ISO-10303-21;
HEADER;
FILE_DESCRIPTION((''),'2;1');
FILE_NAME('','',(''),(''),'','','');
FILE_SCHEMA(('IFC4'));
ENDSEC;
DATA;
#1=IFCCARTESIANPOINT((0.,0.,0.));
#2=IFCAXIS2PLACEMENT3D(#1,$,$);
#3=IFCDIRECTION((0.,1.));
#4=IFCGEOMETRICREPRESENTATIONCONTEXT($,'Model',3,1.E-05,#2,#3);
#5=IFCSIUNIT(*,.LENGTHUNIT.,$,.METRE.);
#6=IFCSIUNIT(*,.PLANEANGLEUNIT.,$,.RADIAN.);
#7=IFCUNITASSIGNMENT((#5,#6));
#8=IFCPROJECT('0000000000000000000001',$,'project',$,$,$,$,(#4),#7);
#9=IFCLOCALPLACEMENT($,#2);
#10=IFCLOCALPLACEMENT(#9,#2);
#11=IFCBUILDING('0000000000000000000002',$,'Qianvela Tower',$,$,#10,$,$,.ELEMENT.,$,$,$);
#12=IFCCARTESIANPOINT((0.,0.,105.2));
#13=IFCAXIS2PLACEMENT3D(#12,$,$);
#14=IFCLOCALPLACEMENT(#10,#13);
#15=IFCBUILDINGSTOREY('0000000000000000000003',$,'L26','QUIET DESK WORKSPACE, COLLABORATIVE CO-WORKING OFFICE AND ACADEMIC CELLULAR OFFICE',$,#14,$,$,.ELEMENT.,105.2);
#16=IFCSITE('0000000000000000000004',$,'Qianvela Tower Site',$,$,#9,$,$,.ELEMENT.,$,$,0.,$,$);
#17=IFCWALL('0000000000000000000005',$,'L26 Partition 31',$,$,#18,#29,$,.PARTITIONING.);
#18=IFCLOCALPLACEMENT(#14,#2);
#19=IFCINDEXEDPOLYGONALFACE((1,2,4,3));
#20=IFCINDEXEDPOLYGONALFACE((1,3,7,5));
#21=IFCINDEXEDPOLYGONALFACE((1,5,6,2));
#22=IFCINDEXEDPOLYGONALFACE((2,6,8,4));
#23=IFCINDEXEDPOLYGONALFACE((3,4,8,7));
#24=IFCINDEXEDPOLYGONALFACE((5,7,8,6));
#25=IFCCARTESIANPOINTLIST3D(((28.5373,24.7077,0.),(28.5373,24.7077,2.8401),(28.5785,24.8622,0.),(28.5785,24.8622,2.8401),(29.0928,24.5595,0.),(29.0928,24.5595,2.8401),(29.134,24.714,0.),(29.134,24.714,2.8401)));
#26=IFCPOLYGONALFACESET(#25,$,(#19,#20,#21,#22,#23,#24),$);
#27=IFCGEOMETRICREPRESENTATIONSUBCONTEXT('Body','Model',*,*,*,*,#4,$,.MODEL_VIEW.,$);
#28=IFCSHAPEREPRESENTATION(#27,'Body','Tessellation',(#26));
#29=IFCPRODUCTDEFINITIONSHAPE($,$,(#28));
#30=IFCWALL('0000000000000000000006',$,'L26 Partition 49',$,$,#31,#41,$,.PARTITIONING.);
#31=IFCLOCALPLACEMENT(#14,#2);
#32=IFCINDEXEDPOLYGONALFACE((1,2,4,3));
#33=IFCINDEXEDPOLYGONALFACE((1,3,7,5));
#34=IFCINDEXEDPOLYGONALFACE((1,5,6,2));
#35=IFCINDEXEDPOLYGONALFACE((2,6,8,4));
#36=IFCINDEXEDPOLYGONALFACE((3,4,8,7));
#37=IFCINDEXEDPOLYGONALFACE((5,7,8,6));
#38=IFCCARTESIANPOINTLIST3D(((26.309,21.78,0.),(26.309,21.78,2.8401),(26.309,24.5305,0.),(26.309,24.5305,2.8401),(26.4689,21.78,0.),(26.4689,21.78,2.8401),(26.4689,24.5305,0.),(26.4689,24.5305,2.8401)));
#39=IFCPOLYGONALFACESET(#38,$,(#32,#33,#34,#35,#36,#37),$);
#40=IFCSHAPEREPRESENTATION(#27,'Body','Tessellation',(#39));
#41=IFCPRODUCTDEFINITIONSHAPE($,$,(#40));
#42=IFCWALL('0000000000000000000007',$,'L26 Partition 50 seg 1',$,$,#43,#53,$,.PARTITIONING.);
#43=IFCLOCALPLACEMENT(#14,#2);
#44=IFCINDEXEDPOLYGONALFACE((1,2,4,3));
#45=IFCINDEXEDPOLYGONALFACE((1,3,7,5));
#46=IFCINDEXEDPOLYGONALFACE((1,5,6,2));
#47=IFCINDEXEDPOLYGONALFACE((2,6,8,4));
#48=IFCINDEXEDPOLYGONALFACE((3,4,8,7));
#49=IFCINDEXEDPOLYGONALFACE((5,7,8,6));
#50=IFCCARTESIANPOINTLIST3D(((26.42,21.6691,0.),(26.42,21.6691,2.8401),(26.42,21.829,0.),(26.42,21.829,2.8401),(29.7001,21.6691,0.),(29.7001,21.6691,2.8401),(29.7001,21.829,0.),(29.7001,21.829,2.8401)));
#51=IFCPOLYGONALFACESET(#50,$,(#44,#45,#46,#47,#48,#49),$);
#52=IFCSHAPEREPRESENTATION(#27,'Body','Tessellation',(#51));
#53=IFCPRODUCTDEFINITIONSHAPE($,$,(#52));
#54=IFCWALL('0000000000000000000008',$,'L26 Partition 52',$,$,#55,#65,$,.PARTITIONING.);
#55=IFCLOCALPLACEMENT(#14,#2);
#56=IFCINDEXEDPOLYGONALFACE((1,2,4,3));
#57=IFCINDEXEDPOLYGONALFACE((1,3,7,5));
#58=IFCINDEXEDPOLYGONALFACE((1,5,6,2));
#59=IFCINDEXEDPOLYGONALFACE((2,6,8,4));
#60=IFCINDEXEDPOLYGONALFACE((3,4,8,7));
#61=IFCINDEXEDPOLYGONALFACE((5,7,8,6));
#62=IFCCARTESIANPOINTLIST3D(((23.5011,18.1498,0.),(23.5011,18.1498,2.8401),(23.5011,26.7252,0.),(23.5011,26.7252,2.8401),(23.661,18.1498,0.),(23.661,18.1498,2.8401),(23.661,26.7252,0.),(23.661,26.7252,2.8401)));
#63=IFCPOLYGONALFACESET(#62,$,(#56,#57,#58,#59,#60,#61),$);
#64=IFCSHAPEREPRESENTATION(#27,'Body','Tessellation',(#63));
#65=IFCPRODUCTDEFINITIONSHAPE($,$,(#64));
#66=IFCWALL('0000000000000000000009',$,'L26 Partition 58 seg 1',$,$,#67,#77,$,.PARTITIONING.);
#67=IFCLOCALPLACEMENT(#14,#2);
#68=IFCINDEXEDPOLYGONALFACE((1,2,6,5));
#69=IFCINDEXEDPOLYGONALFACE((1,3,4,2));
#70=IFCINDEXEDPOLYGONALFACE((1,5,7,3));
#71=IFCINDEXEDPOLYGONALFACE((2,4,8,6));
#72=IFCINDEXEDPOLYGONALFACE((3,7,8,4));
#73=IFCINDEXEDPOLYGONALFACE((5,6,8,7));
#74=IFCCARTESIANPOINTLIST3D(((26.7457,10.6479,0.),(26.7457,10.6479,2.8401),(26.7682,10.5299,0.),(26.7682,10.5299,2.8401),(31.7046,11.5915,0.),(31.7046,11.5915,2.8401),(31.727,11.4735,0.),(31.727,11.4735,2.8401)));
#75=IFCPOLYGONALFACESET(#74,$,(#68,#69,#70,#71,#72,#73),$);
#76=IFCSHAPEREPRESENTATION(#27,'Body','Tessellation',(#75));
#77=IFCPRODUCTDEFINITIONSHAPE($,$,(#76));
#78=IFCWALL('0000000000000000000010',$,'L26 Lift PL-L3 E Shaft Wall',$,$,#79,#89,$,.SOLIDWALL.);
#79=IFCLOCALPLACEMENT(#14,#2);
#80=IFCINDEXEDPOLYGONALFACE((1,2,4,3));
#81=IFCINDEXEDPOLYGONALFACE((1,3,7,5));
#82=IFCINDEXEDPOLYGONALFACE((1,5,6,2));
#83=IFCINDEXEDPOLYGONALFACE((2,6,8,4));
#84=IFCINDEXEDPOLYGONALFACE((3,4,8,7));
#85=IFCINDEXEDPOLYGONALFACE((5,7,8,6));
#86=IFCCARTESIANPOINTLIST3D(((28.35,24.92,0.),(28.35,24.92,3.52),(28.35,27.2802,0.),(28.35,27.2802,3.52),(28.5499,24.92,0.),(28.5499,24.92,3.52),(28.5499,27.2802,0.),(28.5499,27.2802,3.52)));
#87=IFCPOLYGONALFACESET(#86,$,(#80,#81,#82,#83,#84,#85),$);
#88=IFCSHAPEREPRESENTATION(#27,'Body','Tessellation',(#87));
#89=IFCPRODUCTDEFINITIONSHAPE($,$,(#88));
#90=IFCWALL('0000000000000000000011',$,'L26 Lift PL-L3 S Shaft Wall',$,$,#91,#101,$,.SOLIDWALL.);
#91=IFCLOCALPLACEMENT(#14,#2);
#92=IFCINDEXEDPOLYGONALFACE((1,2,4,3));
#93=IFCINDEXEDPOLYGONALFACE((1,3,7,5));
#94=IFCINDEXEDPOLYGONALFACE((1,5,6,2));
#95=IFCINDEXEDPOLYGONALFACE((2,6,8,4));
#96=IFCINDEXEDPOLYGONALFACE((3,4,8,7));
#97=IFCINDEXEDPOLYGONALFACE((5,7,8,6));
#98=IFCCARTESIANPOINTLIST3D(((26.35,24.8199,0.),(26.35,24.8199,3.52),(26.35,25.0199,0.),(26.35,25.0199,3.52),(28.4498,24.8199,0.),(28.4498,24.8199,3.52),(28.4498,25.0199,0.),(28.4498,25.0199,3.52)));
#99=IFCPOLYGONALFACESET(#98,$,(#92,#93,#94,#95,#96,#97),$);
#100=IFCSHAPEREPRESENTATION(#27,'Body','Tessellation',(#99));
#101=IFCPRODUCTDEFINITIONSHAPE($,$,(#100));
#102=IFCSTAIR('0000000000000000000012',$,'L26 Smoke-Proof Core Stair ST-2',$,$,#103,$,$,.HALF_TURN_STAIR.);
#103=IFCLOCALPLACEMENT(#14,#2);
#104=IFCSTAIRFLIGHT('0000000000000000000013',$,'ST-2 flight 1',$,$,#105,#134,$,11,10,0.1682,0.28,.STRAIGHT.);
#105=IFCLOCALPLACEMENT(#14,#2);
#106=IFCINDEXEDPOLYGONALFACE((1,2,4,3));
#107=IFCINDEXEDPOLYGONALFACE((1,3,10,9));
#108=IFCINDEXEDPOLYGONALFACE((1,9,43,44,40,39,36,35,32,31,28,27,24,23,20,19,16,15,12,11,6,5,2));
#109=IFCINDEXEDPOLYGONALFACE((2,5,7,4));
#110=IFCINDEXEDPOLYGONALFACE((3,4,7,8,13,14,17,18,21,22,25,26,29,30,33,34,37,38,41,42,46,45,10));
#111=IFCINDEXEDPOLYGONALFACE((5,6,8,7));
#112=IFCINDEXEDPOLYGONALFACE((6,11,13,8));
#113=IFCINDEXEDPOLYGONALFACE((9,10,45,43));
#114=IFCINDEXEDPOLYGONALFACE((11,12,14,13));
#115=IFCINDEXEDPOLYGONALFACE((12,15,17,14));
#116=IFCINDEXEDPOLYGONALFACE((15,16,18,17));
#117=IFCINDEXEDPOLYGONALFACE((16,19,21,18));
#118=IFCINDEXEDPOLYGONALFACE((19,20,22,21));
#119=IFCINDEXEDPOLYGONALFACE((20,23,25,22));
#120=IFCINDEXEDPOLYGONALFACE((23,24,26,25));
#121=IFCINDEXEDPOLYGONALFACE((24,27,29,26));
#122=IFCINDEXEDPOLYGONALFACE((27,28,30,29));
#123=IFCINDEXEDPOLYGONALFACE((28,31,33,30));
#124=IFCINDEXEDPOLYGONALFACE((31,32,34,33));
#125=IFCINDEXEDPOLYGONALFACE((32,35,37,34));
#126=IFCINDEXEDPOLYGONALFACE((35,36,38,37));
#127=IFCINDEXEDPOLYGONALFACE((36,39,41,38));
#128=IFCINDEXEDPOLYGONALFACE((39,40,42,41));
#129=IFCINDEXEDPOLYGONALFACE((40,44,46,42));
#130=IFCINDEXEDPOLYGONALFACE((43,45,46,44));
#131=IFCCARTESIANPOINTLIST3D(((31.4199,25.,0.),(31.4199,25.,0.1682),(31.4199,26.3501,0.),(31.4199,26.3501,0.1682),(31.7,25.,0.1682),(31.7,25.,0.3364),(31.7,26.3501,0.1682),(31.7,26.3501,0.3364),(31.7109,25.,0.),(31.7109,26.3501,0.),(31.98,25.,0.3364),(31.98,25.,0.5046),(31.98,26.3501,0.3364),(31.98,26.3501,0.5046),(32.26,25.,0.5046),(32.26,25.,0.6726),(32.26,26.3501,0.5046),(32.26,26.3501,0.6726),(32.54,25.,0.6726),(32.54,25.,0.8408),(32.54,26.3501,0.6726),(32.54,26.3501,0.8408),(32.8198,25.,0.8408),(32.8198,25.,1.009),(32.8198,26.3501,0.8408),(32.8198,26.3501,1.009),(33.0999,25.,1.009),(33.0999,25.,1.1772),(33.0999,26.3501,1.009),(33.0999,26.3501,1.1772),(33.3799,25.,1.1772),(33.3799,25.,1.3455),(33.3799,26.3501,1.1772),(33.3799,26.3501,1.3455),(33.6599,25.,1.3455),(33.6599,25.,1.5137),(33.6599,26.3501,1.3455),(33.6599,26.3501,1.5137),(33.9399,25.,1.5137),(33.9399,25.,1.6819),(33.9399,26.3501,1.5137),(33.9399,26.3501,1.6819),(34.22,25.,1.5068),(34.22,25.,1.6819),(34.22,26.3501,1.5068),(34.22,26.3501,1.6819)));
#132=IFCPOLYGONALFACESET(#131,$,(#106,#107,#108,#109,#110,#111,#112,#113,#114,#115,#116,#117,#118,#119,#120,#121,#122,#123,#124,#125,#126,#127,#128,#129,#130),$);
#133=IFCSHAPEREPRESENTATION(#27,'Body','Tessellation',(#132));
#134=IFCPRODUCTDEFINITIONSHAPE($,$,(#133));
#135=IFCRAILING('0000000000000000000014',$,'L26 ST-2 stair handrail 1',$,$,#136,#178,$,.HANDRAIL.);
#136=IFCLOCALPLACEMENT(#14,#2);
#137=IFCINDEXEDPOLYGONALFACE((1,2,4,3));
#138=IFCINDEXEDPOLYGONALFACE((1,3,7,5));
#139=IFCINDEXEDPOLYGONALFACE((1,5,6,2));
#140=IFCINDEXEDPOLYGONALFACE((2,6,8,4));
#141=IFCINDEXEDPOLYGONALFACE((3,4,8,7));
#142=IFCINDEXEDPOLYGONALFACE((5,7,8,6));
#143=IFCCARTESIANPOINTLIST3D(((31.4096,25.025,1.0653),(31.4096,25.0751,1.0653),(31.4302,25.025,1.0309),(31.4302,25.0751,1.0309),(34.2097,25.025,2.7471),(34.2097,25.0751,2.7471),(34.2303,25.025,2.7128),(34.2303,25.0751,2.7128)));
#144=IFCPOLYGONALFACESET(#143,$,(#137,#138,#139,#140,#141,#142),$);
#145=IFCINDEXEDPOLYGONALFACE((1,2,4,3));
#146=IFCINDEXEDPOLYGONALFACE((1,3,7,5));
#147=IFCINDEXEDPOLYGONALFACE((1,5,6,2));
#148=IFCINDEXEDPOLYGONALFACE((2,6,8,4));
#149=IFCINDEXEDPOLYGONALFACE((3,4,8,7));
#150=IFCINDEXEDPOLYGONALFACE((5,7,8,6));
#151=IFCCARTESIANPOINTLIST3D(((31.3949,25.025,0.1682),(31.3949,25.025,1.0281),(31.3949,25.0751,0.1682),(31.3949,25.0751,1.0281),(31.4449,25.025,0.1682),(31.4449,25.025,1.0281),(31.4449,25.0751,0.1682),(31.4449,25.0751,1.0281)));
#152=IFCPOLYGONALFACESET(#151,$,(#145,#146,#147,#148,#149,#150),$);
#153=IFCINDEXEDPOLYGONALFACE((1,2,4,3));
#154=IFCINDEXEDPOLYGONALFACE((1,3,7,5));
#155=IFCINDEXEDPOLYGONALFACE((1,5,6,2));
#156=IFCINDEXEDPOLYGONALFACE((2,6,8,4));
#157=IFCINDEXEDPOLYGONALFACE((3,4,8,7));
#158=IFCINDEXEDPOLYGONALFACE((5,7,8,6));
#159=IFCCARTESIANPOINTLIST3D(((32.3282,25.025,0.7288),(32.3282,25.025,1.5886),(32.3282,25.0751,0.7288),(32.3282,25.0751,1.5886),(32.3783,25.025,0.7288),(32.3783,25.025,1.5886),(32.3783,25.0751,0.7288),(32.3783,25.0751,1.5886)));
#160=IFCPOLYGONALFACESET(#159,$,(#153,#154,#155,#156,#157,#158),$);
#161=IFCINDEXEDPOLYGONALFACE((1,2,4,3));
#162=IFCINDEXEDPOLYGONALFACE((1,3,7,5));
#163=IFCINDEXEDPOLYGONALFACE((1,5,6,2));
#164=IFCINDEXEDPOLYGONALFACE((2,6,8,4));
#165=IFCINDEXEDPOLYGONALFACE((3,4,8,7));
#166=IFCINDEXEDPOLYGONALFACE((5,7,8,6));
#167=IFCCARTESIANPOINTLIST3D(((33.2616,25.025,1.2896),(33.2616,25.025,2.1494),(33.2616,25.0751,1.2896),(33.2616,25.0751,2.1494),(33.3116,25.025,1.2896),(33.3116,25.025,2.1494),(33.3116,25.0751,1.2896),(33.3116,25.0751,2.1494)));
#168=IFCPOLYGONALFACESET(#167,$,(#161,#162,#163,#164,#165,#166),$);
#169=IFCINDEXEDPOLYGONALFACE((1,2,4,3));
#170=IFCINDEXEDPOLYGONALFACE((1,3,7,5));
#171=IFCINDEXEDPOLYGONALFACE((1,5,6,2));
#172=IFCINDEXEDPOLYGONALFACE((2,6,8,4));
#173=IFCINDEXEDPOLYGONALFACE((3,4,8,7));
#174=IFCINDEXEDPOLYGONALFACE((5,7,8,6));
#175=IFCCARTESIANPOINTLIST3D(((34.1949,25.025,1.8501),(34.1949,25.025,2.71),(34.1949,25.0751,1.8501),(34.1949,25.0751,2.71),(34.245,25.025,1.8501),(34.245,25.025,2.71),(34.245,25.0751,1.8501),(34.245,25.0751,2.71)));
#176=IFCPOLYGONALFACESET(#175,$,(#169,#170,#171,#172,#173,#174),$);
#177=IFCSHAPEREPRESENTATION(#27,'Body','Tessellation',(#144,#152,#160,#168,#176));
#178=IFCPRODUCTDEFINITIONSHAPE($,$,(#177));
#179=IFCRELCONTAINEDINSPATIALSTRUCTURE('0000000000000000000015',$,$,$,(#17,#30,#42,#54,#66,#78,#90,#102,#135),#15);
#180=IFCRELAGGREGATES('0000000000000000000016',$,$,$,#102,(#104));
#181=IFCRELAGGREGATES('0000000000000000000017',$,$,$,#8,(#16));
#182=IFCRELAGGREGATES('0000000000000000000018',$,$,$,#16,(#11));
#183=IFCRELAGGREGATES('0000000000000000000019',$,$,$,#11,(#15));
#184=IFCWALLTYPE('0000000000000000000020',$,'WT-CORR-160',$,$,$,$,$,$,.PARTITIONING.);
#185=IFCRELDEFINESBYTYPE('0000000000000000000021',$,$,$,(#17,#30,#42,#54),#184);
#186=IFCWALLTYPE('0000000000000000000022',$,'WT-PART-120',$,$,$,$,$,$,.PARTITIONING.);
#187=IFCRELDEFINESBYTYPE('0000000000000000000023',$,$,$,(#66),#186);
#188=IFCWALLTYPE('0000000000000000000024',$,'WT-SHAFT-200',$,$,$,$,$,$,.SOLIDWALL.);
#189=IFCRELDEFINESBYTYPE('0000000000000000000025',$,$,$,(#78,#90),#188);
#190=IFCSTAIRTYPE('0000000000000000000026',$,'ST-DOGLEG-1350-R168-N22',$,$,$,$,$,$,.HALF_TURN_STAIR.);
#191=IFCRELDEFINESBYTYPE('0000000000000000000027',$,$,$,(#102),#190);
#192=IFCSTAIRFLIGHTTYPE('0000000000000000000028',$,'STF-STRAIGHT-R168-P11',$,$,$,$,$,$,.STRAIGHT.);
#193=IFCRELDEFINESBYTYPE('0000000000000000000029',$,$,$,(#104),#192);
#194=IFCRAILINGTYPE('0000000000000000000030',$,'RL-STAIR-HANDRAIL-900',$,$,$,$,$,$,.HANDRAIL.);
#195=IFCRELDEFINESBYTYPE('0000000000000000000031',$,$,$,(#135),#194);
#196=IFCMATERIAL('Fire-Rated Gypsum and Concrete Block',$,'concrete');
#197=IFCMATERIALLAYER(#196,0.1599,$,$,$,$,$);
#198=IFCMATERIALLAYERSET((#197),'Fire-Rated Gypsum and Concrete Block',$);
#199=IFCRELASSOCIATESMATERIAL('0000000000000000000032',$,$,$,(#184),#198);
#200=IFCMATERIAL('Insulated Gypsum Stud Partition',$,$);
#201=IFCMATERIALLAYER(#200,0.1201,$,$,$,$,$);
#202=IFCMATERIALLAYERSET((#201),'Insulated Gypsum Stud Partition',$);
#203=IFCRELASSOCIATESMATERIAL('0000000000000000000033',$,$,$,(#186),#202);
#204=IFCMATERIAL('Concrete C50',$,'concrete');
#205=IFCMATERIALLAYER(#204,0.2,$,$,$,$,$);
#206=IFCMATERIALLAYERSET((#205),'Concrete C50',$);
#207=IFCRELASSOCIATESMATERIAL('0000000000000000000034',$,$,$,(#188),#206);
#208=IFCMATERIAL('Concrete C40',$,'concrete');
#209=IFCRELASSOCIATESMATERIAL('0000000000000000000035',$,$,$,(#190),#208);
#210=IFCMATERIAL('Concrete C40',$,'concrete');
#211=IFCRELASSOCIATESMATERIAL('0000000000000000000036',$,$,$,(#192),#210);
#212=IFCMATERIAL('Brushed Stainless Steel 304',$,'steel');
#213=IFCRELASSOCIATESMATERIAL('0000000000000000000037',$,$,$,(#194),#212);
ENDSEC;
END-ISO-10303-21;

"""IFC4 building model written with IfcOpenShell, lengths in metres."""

from ifc_helpers import new_model, si_unit, direction, frame, frame_2d, origin, origin_2d, place, context, subcontext, project, spatial, polyline, rectangle, outline, extrude, material, layer, layer_set, type_object, element, aggregate, save


model = new_model("IFC4")

# Units and contexts
model_context = context("Model", 3, precision=1e-05, world=origin(), true_north=direction((0.0, 1.0)))
body_context = subcontext(model_context, "Body", "Model", "MODEL_VIEW")
ifc_project = project(units=[si_unit("LENGTHUNIT", "METRE"), si_unit("PLANEANGLEUNIT", "RADIAN")], contexts=[model_context])

# Site, building, storey
site_placement = place(None, origin())
site = spatial("IfcSite", under=ifc_project, at=site_placement, Name="Qianvela Tower Site", CompositionType="ELEMENT", RefElevation=0.0)
building_placement = place(site_placement, origin())
building = spatial("IfcBuilding", under=site, at=building_placement, Name="Qianvela Tower", CompositionType="ELEMENT")
storey_placement = place(building_placement, frame((0.0, 0.0, 105.2)))
storey = spatial("IfcBuildingStorey", under=building, at=storey_placement, Name="L26", Description="QUIET DESK WORKSPACE, COLLABORATIVE CO-WORKING OFFICE AND ACADEMIC CELLULAR OFFICE", CompositionType="ELEMENT", Elevation=105.2)

# Walls
ifc_material_1 = material(Name="Fire-Rated Gypsum and Concrete Block", Category="concrete")
ifc_layer_1 = layer(ifc_material_1, 0.1599)
ifc_layer_set_1 = layer_set([ifc_layer_1], Name="Fire-Rated Gypsum and Concrete Block")
wall_type_1 = type_object("IfcWallType", Name="WT-CORR-160", PredefinedType="PARTITIONING", material=ifc_layer_set_1)
wall_1_placement = place(storey_placement, frame((29.1135, 24.6367, 0.0), z_axis=(0.0, 0.0, 1.0), x_axis=(-0.9662, 0.257795, 0.0)))
element("IfcWall", 1, at=wall_1_placement, inside=storey, type_object=wall_type_1, Name="L26 Partition 31", PredefinedType="PARTITIONING", context=body_context, shape_type="SweptSolid", body=[
    extrude(rectangle(XDim=0.575, YDim=0.1599, at=frame_2d((0.2876, 0.0))), origin(), (0.0, 0.0, 1.0), 2.8401),
])
wall_2_placement = place(storey_placement, frame((26.3889, 24.5305, 0.0), z_axis=(0.0, 0.0, 1.0), x_axis=(0.0, -1.0, 0.0)))
element("IfcWall", 2, at=wall_2_placement, inside=storey, type_object=wall_type_1, Name="L26 Partition 49", PredefinedType="PARTITIONING", context=body_context, shape_type="SweptSolid", body=[
    extrude(rectangle(XDim=2.7505, YDim=0.1599, at=frame_2d((1.3752, 0.0))), origin(), (0.0, 0.0, 1.0), 2.8401),
])
wall_3_placement = place(storey_placement, frame((26.4199, 21.749, 0.0), z_axis=(0.0, 0.0, 1.0), x_axis=(1.0, 0.0, 0.0)))
element("IfcWall", 3, at=wall_3_placement, inside=storey, type_object=wall_type_1, Name="L26 Partition 50 seg 1", PredefinedType="PARTITIONING", context=body_context, shape_type="SweptSolid", body=[
    extrude(rectangle(XDim=3.28, YDim=0.1599, at=frame_2d((1.6401, 0.0))), origin(), (0.0, 0.0, 1.0), 2.8401),
])
wall_4_placement = place(storey_placement, frame((23.5811, 18.1499, 0.0), z_axis=(0.0, 0.0, 1.0), x_axis=(0.0, 1.0, 0.0)))
element("IfcWall", 4, at=wall_4_placement, inside=storey, type_object=wall_type_1, Name="L26 Partition 52", PredefinedType="PARTITIONING", context=body_context, shape_type="SweptSolid", body=[
    extrude(rectangle(XDim=8.5754, YDim=0.1599, at=frame_2d((4.2876, 0.0))), origin(), (0.0, 0.0, 1.0), 2.8401),
])
ifc_material_2 = material(Name="Insulated Gypsum Stud Partition")
ifc_layer_2 = layer(ifc_material_2, 0.1201)
ifc_layer_set_2 = layer_set([ifc_layer_2], Name="Insulated Gypsum Stud Partition")
wall_type_2 = type_object("IfcWallType", Name="WT-PART-120", PredefinedType="PARTITIONING", material=ifc_layer_set_2)
wall_5_placement = place(storey_placement, frame((31.7158, 11.5325, 0.0), z_axis=(0.0, 0.0, 1.0), x_axis=(-0.982374, -0.186928, 0.0)))
element("IfcWall", 5, at=wall_5_placement, inside=storey, type_object=wall_type_2, Name="L26 Partition 58 seg 1", PredefinedType="PARTITIONING", context=body_context, shape_type="SweptSolid", body=[
    extrude(rectangle(XDim=5.0479, YDim=0.1201, at=frame_2d((2.5239, 0.0))), origin(), (0.0, 0.0, 1.0), 2.8401),
])
ifc_material_3 = material(Name="Concrete C50", Category="concrete")
ifc_layer_3 = layer(ifc_material_3, 0.2)
ifc_layer_set_3 = layer_set([ifc_layer_3], Name="Concrete C50")
wall_type_3 = type_object("IfcWallType", Name="WT-SHAFT-200", PredefinedType="SOLIDWALL", material=ifc_layer_set_3)
wall_6_placement = place(storey_placement, frame((28.45, 24.9199, 0.0), z_axis=(0.0, 0.0, 1.0), x_axis=(0.0, 1.0, 0.0)))
element("IfcWall", 6, at=wall_6_placement, inside=storey, type_object=wall_type_3, Name="L26 Lift PL-L3 E Shaft Wall", PredefinedType="SOLIDWALL", context=body_context, shape_type="SweptSolid", body=[
    extrude(rectangle(XDim=2.3601, YDim=0.2, at=frame_2d((1.1802, 0.0))), origin(), (0.0, 0.0, 1.0), 3.52),
])

# Wall
wall_7_placement = place(storey_placement, frame((26.3501, 24.9199, 0.0), z_axis=(0.0, 0.0, 1.0), x_axis=(1.0, 0.0, 0.0)))
element("IfcWall", 7, at=wall_7_placement, inside=storey, type_object=wall_type_3, Name="L26 Lift PL-L3 S Shaft Wall", PredefinedType="SOLIDWALL", context=body_context, shape_type="SweptSolid", body=[
    extrude(rectangle(XDim=2.0999, YDim=0.2, at=frame_2d((1.0498, 0.0))), origin(), (0.0, 0.0, 1.0), 3.52),
])

# Stair, stair flight
ifc_material_4 = material(Name="Concrete C40", Category="concrete")
stair_type = type_object("IfcStairType", Name="ST-DOGLEG-1350-R168-N22", PredefinedType="HALF_TURN_STAIR", material=ifc_material_4)
stair_placement = place(storey_placement, origin())
stair = element("IfcStair", 8, at=stair_placement, inside=storey, type_object=stair_type, Name="L26 Smoke-Proof Core Stair ST-2", PredefinedType="HALF_TURN_STAIR")
ifc_material_5 = material(Name="Concrete C40", Category="concrete")
stair_flight_type = type_object("IfcStairFlightType", Name="STF-STRAIGHT-R168-P11", PredefinedType="STRAIGHT", material=ifc_material_5)
stair_flight_placement = place(storey_placement, frame((31.4199, 25.675, 0.0), z_axis=(0.0, 0.0, 1.0), x_axis=(1.0, 0.0, 0.0)))
stair_flight = element("IfcStairFlight", 9, at=stair_flight_placement, type_object=stair_flight_type, Name="ST-2 flight 1", NumberOfRisers=11, NumberOfTreads=10, PredefinedType="STRAIGHT", RiserHeight=0.1682, TreadLength=0.28, context=body_context, shape_type="SweptSolid", body=[
    extrude(outline(polyline([(0.0, 0.0), (0.0, 0.1682), (0.28, 0.1682), (0.28, 0.3364), (0.5601, 0.3364), (0.5601, 0.5046), (0.8401, 0.5046), (0.8401, 0.6726), (1.1201, 0.6726), (1.1201, 0.8408), (1.3999, 0.8408), (1.3999, 1.009), (1.6799, 1.009), (1.6799, 1.1772), (1.96, 1.1772), (1.96, 1.3455), (2.24, 1.3455), (2.24, 1.5137), (2.52, 1.5137), (2.52, 1.6819), (2.8, 1.6819), (2.8, 1.8501), (2.8, 1.5068), (0.291, 0.0), (0.0, 0.0)])), frame((0.0, 0.675, 0.0), z_axis=(0.0, -1.0, 0.0), x_axis=(1.0, 0.0, 0.0)), (0.0, 0.0, 1.0), 1.3501),
])
aggregate(stair, [stair_flight])

# Railing
ifc_material_6 = material(Name="Brushed Stainless Steel 304", Category="steel")
railing_type = type_object("IfcRailingType", Name="RL-STAIR-HANDRAIL-900", PredefinedType="HANDRAIL", material=ifc_material_6)
railing_placement = place(storey_placement, frame((31.4199, 25.05, 0.1682)))
element("IfcRailing", 10, at=railing_placement, inside=storey, type_object=railing_type, Name="L26 ST-2 stair handrail 1", PredefinedType="HANDRAIL", context=body_context, shape_type="SweptSolid", body=[
    extrude(rectangle(XDim=0.05, YDim=0.04, at=origin_2d()), frame((0.0, 0.0, 0.8799), z_axis=(0.857242, 0.0, 0.514913), x_axis=(0.0, 1.0, 0.0)), (0.0, 0.0, 1.0), 3.2664),
    extrude(rectangle(XDim=0.05, YDim=0.05, at=origin_2d()), origin(), (0.0, 0.0, 1.0), 0.8599),
    extrude(rectangle(XDim=0.05, YDim=0.05, at=origin_2d()), frame((0.9333, 0.0, 0.5605)), (0.0, 0.0, 1.0), 0.8599),
    extrude(rectangle(XDim=0.05, YDim=0.05, at=origin_2d()), frame((1.8667, 0.0, 1.1213)), (0.0, 0.0, 1.0), 0.8599),
    extrude(rectangle(XDim=0.05, YDim=0.05, at=origin_2d()), frame((2.8, 0.0, 1.6819)), (0.0, 0.0, 1.0), 0.8599),
])

save(model, "model.ifc")
